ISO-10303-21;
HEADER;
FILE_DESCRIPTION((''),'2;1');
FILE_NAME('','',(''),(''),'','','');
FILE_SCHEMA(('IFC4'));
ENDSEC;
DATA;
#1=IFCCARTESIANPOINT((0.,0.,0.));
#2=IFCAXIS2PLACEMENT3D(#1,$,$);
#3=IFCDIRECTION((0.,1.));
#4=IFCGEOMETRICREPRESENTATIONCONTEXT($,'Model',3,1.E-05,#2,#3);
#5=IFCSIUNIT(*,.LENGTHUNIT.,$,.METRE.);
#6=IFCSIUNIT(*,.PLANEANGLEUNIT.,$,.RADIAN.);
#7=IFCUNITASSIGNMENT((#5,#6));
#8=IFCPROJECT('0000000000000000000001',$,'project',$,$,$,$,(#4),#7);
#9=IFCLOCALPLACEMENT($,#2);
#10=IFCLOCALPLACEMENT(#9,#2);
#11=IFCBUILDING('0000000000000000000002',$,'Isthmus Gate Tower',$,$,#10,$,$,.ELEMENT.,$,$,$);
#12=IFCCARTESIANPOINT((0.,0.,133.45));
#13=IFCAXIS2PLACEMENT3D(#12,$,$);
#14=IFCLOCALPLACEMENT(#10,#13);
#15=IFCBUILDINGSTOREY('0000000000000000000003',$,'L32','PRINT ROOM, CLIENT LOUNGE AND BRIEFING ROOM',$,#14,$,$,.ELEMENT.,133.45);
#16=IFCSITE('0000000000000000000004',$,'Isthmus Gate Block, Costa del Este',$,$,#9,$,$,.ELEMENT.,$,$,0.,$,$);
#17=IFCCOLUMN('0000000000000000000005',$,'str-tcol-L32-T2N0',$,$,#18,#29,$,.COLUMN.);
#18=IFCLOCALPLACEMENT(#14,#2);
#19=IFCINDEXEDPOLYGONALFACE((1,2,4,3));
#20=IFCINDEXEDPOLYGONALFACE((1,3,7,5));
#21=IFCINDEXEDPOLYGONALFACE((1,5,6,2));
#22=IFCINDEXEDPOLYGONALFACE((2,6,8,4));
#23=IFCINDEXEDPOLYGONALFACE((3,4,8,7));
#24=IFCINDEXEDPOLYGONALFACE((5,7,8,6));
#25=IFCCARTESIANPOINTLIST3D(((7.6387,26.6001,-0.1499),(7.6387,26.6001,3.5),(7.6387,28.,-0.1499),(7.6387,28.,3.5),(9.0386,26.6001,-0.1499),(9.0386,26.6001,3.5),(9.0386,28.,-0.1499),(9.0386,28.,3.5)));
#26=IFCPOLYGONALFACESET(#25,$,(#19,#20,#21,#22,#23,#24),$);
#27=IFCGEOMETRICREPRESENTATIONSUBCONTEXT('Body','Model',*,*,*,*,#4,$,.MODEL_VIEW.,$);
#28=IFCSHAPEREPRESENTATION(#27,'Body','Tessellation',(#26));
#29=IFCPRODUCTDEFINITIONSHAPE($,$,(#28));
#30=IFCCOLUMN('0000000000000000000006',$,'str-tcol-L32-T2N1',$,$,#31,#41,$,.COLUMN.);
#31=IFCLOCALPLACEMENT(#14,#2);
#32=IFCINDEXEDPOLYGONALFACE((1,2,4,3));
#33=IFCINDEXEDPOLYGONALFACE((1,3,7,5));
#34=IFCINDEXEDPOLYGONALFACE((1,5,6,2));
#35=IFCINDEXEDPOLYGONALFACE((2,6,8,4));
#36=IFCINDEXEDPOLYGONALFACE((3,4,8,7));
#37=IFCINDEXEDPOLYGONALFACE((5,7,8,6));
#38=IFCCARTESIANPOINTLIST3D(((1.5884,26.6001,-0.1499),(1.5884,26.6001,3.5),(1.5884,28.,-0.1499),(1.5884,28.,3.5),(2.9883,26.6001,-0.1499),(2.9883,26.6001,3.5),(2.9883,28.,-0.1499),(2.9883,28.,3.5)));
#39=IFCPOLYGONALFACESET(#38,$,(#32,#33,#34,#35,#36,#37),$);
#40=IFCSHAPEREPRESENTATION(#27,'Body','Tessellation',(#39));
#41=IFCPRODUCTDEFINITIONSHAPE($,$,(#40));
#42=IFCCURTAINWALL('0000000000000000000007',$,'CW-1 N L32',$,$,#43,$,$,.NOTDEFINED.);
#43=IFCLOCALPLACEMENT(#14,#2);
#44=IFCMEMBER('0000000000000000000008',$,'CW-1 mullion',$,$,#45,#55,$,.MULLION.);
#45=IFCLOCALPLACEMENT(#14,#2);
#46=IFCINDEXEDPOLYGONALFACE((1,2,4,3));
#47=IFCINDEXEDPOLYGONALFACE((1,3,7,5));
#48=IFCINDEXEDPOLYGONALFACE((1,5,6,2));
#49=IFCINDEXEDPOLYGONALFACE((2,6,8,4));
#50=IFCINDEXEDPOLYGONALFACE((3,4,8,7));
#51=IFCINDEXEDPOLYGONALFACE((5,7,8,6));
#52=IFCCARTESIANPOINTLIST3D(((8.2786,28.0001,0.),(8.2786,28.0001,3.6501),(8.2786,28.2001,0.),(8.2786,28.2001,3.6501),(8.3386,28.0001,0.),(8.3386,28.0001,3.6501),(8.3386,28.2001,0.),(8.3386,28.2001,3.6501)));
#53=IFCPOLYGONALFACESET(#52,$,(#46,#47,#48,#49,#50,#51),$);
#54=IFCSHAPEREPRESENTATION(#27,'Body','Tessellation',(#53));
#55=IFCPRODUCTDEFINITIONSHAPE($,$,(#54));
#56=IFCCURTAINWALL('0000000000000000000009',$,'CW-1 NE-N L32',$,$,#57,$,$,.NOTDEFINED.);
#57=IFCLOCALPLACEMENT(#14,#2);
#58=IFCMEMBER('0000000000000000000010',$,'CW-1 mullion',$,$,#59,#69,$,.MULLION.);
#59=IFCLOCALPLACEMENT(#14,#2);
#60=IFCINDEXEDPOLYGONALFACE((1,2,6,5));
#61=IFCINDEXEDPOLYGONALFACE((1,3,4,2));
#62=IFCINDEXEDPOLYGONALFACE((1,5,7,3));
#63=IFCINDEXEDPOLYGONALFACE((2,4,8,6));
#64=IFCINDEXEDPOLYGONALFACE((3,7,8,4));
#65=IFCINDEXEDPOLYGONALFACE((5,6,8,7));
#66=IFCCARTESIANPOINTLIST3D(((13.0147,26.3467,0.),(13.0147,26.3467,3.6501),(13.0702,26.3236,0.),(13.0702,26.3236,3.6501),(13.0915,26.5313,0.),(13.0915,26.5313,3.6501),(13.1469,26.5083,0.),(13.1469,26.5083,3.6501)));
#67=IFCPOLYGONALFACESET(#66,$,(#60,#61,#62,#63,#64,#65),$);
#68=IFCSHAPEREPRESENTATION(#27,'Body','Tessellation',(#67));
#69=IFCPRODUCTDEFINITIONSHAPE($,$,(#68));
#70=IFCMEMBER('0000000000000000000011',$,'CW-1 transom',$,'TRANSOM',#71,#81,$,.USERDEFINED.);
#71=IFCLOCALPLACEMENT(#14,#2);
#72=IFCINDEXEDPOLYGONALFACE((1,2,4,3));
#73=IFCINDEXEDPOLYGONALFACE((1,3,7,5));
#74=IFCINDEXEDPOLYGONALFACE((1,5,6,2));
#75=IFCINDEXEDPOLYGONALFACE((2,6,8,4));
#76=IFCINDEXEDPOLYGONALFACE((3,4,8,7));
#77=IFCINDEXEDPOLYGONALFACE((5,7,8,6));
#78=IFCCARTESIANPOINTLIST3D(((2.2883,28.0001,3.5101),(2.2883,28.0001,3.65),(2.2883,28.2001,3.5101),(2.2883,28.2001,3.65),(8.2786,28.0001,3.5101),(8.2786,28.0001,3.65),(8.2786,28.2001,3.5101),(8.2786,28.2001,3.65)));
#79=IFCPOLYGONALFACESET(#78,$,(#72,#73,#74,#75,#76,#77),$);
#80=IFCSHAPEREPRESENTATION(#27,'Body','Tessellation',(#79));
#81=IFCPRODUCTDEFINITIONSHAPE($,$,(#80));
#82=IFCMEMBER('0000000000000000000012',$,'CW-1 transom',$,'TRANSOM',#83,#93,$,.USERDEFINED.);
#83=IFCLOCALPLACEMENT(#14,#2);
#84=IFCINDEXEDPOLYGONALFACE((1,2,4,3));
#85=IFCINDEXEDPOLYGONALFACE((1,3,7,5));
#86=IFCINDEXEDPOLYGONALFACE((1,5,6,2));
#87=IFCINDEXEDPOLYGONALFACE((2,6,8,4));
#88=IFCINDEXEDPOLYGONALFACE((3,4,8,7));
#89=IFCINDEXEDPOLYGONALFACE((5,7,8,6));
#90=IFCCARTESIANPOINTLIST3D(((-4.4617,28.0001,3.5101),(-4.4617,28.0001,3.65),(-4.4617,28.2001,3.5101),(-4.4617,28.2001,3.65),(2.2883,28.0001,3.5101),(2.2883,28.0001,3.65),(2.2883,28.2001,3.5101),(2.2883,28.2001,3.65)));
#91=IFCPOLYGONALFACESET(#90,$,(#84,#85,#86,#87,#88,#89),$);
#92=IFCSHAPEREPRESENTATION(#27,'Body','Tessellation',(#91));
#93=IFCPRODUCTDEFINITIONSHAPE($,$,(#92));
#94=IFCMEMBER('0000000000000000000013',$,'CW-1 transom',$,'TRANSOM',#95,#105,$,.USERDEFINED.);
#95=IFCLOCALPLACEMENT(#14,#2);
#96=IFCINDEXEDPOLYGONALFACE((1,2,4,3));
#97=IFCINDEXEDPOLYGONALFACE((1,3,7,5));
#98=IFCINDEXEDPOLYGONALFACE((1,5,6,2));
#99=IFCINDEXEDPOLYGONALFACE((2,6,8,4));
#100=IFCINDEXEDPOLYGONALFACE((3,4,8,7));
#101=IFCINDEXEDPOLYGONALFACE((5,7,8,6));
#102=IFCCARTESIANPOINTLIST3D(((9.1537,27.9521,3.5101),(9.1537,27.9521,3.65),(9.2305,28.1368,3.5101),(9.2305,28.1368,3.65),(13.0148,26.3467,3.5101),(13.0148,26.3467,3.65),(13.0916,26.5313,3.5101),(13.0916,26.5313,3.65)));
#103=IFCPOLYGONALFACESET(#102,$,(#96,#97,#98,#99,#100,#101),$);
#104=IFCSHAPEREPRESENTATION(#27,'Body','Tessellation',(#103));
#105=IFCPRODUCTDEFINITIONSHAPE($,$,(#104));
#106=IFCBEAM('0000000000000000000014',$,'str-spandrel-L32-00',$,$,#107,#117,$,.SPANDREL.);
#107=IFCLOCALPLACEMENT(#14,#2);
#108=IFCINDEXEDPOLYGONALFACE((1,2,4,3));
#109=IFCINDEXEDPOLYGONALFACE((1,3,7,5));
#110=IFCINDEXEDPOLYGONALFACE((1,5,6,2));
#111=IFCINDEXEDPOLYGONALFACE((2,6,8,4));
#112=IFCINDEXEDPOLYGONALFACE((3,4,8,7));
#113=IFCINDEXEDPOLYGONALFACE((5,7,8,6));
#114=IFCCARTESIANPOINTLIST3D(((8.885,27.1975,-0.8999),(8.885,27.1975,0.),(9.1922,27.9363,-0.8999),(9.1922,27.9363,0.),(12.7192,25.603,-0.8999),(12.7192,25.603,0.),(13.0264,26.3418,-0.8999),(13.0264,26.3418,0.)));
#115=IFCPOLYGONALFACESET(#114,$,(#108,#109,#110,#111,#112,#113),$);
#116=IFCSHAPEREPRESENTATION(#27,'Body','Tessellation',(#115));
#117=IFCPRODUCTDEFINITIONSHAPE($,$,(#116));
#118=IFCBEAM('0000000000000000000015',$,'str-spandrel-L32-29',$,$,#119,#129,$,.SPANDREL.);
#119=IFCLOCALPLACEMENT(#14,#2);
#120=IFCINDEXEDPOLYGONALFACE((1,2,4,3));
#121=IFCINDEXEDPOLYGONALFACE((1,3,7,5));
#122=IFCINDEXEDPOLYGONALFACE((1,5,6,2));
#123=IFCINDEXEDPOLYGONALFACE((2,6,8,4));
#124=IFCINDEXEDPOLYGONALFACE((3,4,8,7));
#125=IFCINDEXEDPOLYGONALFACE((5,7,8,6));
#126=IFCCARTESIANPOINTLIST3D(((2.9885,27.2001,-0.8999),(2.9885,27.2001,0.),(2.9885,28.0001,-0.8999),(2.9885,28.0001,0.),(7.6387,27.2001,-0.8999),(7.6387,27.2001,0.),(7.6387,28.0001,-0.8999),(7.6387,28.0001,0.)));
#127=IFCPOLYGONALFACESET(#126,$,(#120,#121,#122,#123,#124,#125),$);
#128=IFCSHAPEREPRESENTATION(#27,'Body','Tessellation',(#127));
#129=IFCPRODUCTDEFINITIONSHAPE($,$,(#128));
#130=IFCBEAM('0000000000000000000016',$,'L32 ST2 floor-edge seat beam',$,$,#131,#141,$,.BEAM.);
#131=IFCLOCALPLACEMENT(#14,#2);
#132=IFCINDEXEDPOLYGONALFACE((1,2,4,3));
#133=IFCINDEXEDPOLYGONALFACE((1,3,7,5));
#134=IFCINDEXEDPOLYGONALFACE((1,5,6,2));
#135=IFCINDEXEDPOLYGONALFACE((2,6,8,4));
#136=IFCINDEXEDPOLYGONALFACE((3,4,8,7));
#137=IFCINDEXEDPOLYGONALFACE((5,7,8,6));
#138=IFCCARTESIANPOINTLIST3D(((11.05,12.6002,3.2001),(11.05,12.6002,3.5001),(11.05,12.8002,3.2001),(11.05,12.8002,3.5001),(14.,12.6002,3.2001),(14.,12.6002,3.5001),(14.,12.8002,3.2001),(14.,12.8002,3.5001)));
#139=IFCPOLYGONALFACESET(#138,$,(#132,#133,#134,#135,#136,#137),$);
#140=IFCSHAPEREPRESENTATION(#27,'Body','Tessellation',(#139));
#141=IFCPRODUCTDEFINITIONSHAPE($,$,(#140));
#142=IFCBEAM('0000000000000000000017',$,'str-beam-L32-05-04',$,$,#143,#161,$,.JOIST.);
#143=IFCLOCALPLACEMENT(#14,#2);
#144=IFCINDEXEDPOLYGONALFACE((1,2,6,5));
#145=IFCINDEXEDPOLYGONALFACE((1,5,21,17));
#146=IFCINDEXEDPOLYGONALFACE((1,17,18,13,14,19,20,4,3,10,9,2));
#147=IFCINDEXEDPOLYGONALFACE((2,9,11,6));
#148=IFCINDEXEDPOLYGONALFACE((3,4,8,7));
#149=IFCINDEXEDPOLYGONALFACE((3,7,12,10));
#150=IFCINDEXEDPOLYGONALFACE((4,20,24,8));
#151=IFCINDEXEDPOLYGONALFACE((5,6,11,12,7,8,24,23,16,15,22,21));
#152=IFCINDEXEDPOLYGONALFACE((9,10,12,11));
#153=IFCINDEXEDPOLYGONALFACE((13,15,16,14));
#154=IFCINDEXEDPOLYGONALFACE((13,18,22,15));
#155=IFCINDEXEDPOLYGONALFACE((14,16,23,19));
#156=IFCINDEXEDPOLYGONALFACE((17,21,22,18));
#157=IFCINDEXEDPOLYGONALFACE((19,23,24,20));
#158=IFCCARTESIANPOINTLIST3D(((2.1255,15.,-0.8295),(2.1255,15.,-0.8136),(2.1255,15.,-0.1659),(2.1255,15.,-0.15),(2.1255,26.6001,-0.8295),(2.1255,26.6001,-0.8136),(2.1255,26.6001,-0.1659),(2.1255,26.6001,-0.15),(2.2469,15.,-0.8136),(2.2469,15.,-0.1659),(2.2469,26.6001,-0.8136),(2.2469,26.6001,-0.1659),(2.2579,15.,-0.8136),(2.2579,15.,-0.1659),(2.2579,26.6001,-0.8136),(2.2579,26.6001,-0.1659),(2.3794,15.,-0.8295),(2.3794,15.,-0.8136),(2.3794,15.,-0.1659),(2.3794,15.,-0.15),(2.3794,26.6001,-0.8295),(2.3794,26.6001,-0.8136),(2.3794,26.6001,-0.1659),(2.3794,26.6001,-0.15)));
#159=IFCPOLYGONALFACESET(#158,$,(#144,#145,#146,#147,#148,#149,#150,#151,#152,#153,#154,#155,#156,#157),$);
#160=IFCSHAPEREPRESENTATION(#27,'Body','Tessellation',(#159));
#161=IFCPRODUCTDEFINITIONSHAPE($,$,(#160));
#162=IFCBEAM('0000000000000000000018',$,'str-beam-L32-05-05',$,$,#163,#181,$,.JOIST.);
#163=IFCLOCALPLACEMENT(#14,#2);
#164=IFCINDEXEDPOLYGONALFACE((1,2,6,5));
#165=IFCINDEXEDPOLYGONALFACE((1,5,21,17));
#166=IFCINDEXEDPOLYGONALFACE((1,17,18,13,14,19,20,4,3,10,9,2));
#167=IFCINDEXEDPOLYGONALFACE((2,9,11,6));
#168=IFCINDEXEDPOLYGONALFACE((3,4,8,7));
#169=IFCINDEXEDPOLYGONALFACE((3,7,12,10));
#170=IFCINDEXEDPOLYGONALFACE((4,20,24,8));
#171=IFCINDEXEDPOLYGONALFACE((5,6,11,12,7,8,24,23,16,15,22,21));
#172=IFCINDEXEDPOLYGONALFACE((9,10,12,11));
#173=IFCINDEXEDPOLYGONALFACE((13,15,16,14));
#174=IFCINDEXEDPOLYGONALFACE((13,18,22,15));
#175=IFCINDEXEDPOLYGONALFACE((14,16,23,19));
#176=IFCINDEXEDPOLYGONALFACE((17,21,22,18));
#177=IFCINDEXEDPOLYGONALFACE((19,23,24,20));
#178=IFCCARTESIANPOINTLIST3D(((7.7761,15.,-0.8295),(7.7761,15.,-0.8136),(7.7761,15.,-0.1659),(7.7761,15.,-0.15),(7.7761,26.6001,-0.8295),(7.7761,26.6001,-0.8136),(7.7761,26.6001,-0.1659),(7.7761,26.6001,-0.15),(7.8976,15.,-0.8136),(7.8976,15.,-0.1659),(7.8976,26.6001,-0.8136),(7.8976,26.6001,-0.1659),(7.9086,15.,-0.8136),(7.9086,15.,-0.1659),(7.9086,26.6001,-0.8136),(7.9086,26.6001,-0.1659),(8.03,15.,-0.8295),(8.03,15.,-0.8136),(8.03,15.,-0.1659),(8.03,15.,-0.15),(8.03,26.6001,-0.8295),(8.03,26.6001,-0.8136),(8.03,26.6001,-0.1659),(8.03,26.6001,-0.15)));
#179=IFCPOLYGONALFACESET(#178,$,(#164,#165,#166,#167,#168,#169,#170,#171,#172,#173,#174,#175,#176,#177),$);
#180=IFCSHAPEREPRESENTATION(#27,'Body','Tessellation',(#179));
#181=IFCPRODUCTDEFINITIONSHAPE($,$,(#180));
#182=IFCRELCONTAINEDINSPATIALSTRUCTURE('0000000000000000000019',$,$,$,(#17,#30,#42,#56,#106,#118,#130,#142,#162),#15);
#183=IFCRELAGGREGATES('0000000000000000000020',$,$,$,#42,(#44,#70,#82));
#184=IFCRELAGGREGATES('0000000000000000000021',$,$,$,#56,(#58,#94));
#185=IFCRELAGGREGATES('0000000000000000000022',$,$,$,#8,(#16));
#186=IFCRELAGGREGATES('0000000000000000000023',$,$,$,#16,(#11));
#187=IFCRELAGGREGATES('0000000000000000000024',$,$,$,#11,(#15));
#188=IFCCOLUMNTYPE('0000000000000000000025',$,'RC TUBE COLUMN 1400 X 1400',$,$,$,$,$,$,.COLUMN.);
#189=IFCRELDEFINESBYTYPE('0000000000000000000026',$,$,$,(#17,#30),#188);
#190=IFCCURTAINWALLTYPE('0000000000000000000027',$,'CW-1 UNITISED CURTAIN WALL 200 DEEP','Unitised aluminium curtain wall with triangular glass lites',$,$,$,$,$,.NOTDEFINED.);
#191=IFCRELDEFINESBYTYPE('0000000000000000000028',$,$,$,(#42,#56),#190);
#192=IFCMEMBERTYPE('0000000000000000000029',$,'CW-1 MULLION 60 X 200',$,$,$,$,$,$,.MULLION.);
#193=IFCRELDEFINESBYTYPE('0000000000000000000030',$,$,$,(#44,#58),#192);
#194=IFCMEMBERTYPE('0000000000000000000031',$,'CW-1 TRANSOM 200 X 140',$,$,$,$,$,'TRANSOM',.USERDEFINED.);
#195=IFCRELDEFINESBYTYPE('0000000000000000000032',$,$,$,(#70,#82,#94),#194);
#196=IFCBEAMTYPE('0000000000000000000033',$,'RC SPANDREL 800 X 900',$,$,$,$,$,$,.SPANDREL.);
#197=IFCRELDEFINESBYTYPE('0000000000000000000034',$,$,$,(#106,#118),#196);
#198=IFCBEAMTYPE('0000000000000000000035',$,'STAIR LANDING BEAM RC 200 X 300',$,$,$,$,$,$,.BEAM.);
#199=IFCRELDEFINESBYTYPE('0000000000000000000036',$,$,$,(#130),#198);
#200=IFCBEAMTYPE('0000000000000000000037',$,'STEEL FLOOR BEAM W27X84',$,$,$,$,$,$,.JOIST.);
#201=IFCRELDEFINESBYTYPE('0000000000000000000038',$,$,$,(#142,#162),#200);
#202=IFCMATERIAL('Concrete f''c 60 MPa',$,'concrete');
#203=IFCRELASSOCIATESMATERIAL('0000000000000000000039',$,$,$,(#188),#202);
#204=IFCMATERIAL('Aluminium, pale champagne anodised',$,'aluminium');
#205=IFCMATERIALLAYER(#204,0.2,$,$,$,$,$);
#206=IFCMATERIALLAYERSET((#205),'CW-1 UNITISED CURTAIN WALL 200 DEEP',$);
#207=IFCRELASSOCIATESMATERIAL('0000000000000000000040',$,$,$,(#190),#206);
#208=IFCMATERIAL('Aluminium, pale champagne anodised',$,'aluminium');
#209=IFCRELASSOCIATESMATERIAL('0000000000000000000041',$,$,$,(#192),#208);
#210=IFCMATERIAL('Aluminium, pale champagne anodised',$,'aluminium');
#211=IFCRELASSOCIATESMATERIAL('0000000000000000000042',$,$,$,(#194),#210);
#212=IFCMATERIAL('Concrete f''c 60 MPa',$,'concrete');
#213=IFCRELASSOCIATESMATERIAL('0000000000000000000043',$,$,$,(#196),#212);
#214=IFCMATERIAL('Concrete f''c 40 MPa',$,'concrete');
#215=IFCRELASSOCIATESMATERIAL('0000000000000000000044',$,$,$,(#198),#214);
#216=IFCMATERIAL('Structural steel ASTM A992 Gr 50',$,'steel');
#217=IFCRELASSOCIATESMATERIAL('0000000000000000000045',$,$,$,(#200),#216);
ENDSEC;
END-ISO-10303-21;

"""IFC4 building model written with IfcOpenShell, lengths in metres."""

from ifc_helpers import new_model, si_unit, direction, frame, origin, origin_2d, place, context, subcontext, project, spatial, rectangle, i_section, extrude, material, layer, layer_set, material_profile, profile_set, type_object, element, aggregate, save


model = new_model("IFC4")

# Units and contexts
model_context = context("Model", 3, precision=1e-05, world=origin(), true_north=direction((0.0, 1.0)))
body_context = subcontext(model_context, "Body", "Model", "MODEL_VIEW")
ifc_project = project(units=[si_unit("LENGTHUNIT", "METRE"), si_unit("PLANEANGLEUNIT", "RADIAN")], contexts=[model_context])

# Site, building, storey
site_placement = place(None, origin())
site = spatial("IfcSite", under=ifc_project, at=site_placement, Name="Isthmus Gate Block, Costa del Este", CompositionType="ELEMENT", RefElevation=0.0)
building_placement = place(site_placement, origin())
building = spatial("IfcBuilding", under=site, at=building_placement, Name="Isthmus Gate Tower", CompositionType="ELEMENT")
storey_placement = place(building_placement, frame((0.0, 0.0, 133.45)))
storey = spatial("IfcBuildingStorey", under=building, at=storey_placement, Name="L32", Description="PRINT ROOM, CLIENT LOUNGE AND BRIEFING ROOM", CompositionType="ELEMENT", Elevation=133.45)

# Columns
ifc_material_1 = material(Name="Concrete f'c 60 MPa", Category="concrete")
ifc_material_profile_1 = material_profile(ifc_material_1, rectangle(XDim=1.3999, YDim=1.3999, at=origin_2d()), Name="RC 1400X1400")
ifc_profile_set_1 = profile_set([ifc_material_profile_1], Name="Concrete f'c 60 MPa")
column_type = type_object("IfcColumnType", Name="RC TUBE COLUMN 1400 X 1400", PredefinedType="COLUMN", material=ifc_profile_set_1)
for number, where, z_axis, x_axis, name in (
    (1, (8.3386, 27.3, -0.1499), (0.0, 0.0, 1.0), (-1.0, 0.0, 0.0), "str-tcol-L32-T2N0"),
    (2, (2.2883, 27.3, -0.1499), (0.0, 0.0, 1.0), (-1.0, 0.0, 0.0), "str-tcol-L32-T2N1"),
):
    element("IfcColumn", number, at=place(storey_placement, frame(where, z_axis=z_axis, x_axis=x_axis)), inside=storey, type_object=column_type, Name=name, PredefinedType="COLUMN", context=body_context, shape_type="SweptSolid", body=[
        extrude(rectangle(XDim=1.3999, YDim=1.3999, at=origin_2d()), origin(), (0.0, 0.0, 1.0), 3.6499),
    ])

# Curtain walls, members
ifc_material_2 = material(Name="Aluminium, pale champagne anodised", Category="aluminium")
ifc_layer_1 = layer(ifc_material_2, 0.2)
ifc_layer_set_1 = layer_set([ifc_layer_1], Name="CW-1 UNITISED CURTAIN WALL 200 DEEP")
curtain_wall_type = type_object("IfcCurtainWallType", Name="CW-1 UNITISED CURTAIN WALL 200 DEEP", Description="Unitised aluminium curtain wall with triangular glass lites", PredefinedType="NOTDEFINED", material=ifc_layer_set_1)
curtain_wall_1_placement = place(storey_placement, origin())
curtain_wall_1 = element("IfcCurtainWall", 3, at=curtain_wall_1_placement, inside=storey, type_object=curtain_wall_type, Name="CW-1 N L32", PredefinedType="NOTDEFINED")
ifc_material_3 = material(Name="Aluminium, pale champagne anodised", Category="aluminium")
ifc_material_profile_2 = material_profile(ifc_material_3, rectangle(XDim=0.0601, YDim=0.2, at=origin_2d()), Name="60x200")
ifc_profile_set_2 = profile_set([ifc_material_profile_2], Name="Aluminium, pale champagne anodised")
member_type_1 = type_object("IfcMemberType", Name="CW-1 MULLION 60 X 200", PredefinedType="MULLION", material=ifc_profile_set_2)
member_1_placement = place(storey_placement, frame((8.3086, 28.1001, 0.0), z_axis=(0.0, 0.0, 1.0), x_axis=(-1.0, 0.0, 0.0)))
member_1 = element("IfcMember", 4, at=member_1_placement, type_object=member_type_1, Name="CW-1 mullion", PredefinedType="MULLION", context=body_context, shape_type="SweptSolid", body=[
    extrude(rectangle(XDim=0.0601, YDim=0.2, at=origin_2d()), origin(), (0.0, 0.0, 1.0), 3.6501),
])
curtain_wall_2_placement = place(storey_placement, origin())
curtain_wall_2 = element("IfcCurtainWall", 5, at=curtain_wall_2_placement, inside=storey, type_object=curtain_wall_type, Name="CW-1 NE-N L32", PredefinedType="NOTDEFINED")
member_2_placement = place(storey_placement, frame((13.0808, 26.4275, 0.0), z_axis=(0.0, 0.0, 1.0), x_axis=(-0.923353, 0.383952, 0.0)))
member_2 = element("IfcMember", 6, at=member_2_placement, type_object=member_type_1, Name="CW-1 mullion", PredefinedType="MULLION", context=body_context, shape_type="SweptSolid", body=[
    extrude(rectangle(XDim=0.0601, YDim=0.2, at=origin_2d()), origin(), (0.0, 0.0, 1.0), 3.6501),
])

# Members
ifc_material_4 = material(Name="Aluminium, pale champagne anodised", Category="aluminium")
ifc_material_profile_3 = material_profile(ifc_material_4, rectangle(XDim=0.2, YDim=0.1399, at=origin_2d()), Name="200x140")
ifc_profile_set_3 = profile_set([ifc_material_profile_3], Name="Aluminium, pale champagne anodised")
member_type_2 = type_object("IfcMemberType", Name="CW-1 TRANSOM 200 X 140", ElementType="TRANSOM", PredefinedType="USERDEFINED", material=ifc_profile_set_3)
member_3_placement = place(storey_placement, frame((8.2786, 28.1001, 3.5801), z_axis=(-1.0, 0.0, 0.0), x_axis=(0.0, -1.0, 0.0)))
member_3 = element("IfcMember", 7, at=member_3_placement, type_object=member_type_2, Name="CW-1 transom", ObjectType="TRANSOM", PredefinedType="USERDEFINED", context=body_context, shape_type="SweptSolid", body=[
    extrude(rectangle(XDim=0.2, YDim=0.1399, at=origin_2d()), origin(), (0.0, 0.0, 1.0), 5.9902),
])
member_4_placement = place(storey_placement, frame((2.2883, 28.1001, 3.5801), z_axis=(-1.0, 0.0, 0.0), x_axis=(0.0, -1.0, 0.0)))
member_4 = element("IfcMember", 8, at=member_4_placement, type_object=member_type_2, Name="CW-1 transom", ObjectType="TRANSOM", PredefinedType="USERDEFINED", context=body_context, shape_type="SweptSolid", body=[
    extrude(rectangle(XDim=0.2, YDim=0.1399, at=origin_2d()), origin(), (0.0, 0.0, 1.0), 6.75),
])
member_5_placement = place(storey_placement, frame((13.0532, 26.439, 3.5801), z_axis=(-0.923358, 0.38394, 0.0), x_axis=(-0.38394, -0.923358, 0.0)))
member_5 = element("IfcMember", 9, at=member_5_placement, type_object=member_type_2, Name="CW-1 transom", ObjectType="TRANSOM", PredefinedType="USERDEFINED", context=body_context, shape_type="SweptSolid", body=[
    extrude(rectangle(XDim=0.2, YDim=0.1399, at=origin_2d()), origin(), (0.0, 0.0, 1.0), 4.1816),
])

# Beams
ifc_material_5 = material(Name="Concrete f'c 60 MPa", Category="concrete")
ifc_material_profile_4 = material_profile(ifc_material_5, rectangle(XDim=0.8, YDim=0.8999, at=origin_2d()), Name="RC 800X900")
ifc_profile_set_4 = profile_set([ifc_material_profile_4], Name="Concrete f'c 60 MPa")
beam_type_1 = type_object("IfcBeamType", Name="RC SPANDREL 800 X 900", PredefinedType="SPANDREL", material=ifc_profile_set_4)
beam_1_placement = place(storey_placement, frame((9.0386, 27.5669, -0.45), z_axis=(0.923343, -0.383977, 0.0), x_axis=(0.383977, 0.923343, 0.0)))
element("IfcBeam", 10, at=beam_1_placement, inside=storey, type_object=beam_type_1, Name="str-spandrel-L32-00", PredefinedType="SPANDREL", context=body_context, shape_type="SweptSolid", body=[
    extrude(rectangle(XDim=0.8, YDim=0.8999, at=origin_2d()), origin(), (0.0, 0.0, 1.0), 4.1526),
])
beam_2_placement = place(storey_placement, frame((2.9885, 27.6001, -0.45), z_axis=(1.0, 0.0, 0.0), x_axis=(0.0, 1.0, 0.0)))
element("IfcBeam", 11, at=beam_2_placement, inside=storey, type_object=beam_type_1, Name="str-spandrel-L32-29", PredefinedType="SPANDREL", context=body_context, shape_type="SweptSolid", body=[
    extrude(rectangle(XDim=0.8, YDim=0.8999, at=origin_2d()), origin(), (0.0, 0.0, 1.0), 4.6501),
])
ifc_material_6 = material(Name="Concrete f'c 40 MPa", Category="concrete")
ifc_material_profile_5 = material_profile(ifc_material_6, rectangle(XDim=0.2, YDim=0.3, at=origin_2d()), Name="STAIR LANDING BEAM RC 200 X 300")
ifc_profile_set_5 = profile_set([ifc_material_profile_5], Name="Concrete f'c 40 MPa")
beam_type_2 = type_object("IfcBeamType", Name="STAIR LANDING BEAM RC 200 X 300", PredefinedType="BEAM", material=ifc_profile_set_5)
beam_3_placement = place(storey_placement, frame((11.05, 12.7002, 3.3501), z_axis=(1.0, 0.0, 0.0), x_axis=(0.0, 1.0, 0.0)))
element("IfcBeam", 12, at=beam_3_placement, inside=storey, type_object=beam_type_2, Name="L32 ST2 floor-edge seat beam", PredefinedType="BEAM", context=body_context, shape_type="SweptSolid", body=[
    extrude(rectangle(XDim=0.2, YDim=0.3, at=origin_2d()), origin(), (0.0, 0.0, 1.0), 2.95),
])
ifc_material_7 = material(Name="Structural steel ASTM A992 Gr 50", Category="steel")
ifc_material_profile_6 = material_profile(ifc_material_7, i_section(OverallWidth=0.2539, OverallDepth=0.6794, WebThickness=0.011, FlangeThickness=0.0159, at=origin_2d()), Name="W27X84")
ifc_profile_set_6 = profile_set([ifc_material_profile_6], Name="Structural steel ASTM A992 Gr 50")
beam_type_3 = type_object("IfcBeamType", Name="STEEL FLOOR BEAM W27X84", PredefinedType="JOIST", material=ifc_profile_set_6)
for number, where, z_axis, x_axis, name in (
    (13, (2.2524, 15.0, -0.4897), (0.0, 1.0, 0.0), (-1.0, 0.0, 0.0), "str-beam-L32-05-04"),
    (14, (7.9031, 15.0, -0.4897), (0.0, 1.0, 0.0), (-1.0, 0.0, 0.0), "str-beam-L32-05-05"),
):
    element("IfcBeam", number, at=place(storey_placement, frame(where, z_axis=z_axis, x_axis=x_axis)), inside=storey, type_object=beam_type_3, Name=name, PredefinedType="JOIST", context=body_context, shape_type="SweptSolid", body=[
        extrude(i_section(OverallWidth=0.2539, OverallDepth=0.6794, WebThickness=0.011, FlangeThickness=0.0159, at=origin_2d()), origin(), (0.0, 0.0, 1.0), 11.6001),
    ])

aggregate(curtain_wall_1, [member_1, member_3, member_4])
aggregate(curtain_wall_2, [member_2, member_5])

save(model, "model.ifc")
